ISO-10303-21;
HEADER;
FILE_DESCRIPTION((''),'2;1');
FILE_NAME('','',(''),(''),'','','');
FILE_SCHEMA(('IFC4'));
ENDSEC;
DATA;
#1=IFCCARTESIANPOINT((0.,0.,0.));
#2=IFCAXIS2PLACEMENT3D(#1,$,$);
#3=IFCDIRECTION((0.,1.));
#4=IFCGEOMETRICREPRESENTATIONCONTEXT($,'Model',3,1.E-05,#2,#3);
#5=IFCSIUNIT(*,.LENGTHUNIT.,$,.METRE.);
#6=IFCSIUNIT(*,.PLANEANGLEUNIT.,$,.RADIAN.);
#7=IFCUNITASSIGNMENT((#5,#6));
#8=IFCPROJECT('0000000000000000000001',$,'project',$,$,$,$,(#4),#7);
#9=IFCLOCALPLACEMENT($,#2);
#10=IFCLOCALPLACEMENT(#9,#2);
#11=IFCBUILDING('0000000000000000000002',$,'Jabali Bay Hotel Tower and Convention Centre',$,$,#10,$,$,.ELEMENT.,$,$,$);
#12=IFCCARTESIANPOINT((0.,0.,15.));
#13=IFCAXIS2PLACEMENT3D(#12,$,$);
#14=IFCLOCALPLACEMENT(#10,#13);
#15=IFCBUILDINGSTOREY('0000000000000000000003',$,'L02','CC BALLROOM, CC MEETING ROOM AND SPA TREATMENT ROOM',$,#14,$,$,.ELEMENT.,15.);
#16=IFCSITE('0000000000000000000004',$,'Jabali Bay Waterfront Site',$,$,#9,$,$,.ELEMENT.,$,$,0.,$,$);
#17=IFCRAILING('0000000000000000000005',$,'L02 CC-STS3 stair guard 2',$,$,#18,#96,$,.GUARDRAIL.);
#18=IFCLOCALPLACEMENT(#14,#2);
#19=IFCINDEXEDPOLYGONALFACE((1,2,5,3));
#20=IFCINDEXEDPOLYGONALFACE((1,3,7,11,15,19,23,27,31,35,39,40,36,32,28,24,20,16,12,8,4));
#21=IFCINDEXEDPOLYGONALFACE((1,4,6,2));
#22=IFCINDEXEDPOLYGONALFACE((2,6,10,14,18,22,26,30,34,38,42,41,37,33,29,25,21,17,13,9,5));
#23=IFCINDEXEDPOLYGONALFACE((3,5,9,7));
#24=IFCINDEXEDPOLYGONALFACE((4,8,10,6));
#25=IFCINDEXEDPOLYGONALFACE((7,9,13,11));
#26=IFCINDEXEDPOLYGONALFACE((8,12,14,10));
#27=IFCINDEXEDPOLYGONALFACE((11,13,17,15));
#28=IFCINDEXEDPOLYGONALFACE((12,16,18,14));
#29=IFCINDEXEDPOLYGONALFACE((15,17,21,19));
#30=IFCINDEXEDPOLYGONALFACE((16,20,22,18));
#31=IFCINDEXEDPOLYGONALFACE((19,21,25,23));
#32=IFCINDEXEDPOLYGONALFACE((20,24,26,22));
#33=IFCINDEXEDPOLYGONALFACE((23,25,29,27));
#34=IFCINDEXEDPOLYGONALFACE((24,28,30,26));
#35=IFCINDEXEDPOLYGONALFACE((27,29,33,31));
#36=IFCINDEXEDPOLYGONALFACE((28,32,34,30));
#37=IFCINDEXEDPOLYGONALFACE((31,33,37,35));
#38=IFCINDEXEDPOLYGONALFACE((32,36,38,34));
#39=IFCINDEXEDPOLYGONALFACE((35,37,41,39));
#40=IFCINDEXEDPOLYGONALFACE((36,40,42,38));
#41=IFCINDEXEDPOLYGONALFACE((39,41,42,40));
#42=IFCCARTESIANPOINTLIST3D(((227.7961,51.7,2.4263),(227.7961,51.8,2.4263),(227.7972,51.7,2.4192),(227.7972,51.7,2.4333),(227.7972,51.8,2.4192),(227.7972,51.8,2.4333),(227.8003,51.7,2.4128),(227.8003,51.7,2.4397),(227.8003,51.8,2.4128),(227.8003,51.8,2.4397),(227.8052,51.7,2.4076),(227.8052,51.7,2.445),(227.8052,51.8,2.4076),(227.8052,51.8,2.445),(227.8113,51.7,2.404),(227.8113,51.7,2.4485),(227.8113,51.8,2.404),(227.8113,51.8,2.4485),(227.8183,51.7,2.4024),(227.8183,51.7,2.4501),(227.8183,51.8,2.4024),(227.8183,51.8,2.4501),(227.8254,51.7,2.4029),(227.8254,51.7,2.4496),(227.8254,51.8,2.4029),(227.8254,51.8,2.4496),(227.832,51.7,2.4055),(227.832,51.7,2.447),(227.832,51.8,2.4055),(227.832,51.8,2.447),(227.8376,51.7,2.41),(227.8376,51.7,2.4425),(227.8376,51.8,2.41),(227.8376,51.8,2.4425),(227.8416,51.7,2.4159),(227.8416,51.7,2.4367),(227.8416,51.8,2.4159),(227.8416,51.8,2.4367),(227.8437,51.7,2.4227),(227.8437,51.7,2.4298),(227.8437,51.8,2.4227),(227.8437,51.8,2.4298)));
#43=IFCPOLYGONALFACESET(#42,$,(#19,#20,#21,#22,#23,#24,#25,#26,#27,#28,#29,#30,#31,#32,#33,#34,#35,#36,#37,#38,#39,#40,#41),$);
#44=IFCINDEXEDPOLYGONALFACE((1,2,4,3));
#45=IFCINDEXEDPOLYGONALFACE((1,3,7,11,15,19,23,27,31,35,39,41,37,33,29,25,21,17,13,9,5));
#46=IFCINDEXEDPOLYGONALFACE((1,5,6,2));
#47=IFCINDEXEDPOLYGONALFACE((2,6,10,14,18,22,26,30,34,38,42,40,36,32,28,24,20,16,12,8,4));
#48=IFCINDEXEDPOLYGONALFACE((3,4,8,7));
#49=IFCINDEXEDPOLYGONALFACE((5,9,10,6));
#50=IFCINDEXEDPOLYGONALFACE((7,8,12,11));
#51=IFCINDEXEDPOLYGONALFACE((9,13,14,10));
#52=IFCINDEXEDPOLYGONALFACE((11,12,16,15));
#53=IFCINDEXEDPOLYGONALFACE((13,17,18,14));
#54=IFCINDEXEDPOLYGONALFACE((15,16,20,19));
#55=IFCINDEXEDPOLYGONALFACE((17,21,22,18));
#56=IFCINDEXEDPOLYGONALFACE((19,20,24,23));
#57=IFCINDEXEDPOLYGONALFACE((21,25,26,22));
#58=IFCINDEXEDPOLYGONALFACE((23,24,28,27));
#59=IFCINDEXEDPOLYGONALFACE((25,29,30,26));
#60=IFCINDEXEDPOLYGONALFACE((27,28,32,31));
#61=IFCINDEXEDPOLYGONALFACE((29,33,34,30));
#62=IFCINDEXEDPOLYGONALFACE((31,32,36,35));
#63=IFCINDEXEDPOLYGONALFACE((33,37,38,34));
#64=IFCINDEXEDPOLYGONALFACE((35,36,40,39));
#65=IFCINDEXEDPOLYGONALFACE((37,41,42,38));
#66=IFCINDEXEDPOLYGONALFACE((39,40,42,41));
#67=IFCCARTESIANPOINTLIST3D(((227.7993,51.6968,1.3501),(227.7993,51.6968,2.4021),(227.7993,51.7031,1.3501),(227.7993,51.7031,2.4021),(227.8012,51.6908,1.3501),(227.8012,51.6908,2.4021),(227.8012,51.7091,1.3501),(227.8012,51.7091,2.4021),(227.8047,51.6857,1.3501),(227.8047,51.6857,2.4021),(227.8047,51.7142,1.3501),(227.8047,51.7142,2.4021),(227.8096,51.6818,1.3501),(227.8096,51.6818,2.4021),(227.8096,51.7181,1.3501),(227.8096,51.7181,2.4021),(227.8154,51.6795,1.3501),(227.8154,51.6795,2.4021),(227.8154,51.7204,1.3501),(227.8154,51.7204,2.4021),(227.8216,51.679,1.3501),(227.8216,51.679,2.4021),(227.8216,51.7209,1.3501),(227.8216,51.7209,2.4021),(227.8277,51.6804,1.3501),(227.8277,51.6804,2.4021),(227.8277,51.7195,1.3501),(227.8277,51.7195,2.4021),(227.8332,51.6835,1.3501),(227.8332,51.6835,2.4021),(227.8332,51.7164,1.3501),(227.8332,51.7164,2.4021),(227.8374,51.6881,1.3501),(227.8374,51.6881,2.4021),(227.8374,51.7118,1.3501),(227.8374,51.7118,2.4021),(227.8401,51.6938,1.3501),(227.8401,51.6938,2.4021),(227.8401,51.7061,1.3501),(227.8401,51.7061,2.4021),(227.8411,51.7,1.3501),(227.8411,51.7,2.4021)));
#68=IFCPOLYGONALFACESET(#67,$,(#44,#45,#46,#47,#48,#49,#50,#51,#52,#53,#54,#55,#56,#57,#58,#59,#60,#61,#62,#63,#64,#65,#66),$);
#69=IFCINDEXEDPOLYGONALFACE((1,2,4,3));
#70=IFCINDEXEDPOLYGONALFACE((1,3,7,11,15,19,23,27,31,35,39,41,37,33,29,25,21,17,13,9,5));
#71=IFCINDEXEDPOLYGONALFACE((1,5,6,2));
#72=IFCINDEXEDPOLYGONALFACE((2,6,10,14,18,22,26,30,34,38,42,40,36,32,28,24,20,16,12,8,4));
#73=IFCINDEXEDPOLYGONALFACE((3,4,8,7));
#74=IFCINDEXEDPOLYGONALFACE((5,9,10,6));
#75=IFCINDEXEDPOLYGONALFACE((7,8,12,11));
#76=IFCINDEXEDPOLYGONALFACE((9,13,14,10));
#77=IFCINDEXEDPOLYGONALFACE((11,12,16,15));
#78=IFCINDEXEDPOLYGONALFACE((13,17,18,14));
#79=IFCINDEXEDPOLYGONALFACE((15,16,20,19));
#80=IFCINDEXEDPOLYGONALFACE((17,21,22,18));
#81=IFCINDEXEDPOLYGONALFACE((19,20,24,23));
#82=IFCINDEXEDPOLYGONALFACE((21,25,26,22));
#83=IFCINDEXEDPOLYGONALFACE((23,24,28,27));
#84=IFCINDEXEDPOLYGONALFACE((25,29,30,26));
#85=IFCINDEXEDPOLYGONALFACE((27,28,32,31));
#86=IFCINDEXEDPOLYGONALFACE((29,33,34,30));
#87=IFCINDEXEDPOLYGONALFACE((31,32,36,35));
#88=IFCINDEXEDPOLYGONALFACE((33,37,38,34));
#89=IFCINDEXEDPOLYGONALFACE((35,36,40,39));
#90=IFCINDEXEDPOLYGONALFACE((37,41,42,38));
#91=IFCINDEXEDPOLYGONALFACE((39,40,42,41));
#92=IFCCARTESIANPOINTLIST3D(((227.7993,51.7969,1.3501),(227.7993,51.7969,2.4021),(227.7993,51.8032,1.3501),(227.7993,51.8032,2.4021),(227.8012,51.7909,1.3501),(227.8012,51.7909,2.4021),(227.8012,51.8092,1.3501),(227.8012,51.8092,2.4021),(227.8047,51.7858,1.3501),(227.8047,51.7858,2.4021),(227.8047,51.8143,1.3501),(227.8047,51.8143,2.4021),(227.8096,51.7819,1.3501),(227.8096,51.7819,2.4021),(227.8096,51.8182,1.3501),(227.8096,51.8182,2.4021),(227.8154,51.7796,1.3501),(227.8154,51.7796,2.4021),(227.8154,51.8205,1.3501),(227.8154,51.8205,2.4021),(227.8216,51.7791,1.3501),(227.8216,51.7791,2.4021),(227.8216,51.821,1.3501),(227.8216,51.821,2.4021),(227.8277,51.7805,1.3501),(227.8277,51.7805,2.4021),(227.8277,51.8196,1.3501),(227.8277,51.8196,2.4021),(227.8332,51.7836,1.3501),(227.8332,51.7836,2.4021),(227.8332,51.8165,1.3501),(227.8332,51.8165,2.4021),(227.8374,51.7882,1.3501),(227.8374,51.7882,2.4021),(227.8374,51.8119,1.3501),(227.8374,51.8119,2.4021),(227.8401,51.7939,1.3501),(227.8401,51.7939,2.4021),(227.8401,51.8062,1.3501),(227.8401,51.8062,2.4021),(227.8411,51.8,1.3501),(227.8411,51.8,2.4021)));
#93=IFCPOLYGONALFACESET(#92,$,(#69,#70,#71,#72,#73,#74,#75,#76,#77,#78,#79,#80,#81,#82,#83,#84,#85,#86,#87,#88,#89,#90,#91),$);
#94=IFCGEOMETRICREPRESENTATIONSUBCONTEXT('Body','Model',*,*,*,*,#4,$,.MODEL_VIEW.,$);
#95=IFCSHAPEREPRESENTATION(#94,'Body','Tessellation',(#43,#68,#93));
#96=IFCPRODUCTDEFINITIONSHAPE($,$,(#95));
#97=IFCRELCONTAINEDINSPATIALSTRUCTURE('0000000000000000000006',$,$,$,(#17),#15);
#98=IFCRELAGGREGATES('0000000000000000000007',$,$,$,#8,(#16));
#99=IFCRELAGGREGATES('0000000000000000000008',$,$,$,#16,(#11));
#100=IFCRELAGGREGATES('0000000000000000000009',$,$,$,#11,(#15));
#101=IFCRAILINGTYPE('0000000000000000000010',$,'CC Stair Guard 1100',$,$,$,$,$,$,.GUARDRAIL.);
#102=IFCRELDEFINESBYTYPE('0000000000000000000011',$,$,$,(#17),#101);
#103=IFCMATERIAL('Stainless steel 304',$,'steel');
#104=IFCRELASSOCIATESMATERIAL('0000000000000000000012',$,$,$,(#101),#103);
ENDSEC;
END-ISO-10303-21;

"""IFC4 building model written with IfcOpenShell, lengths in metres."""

from ifc_helpers import new_model, si_unit, direction, frame, origin, origin_2d, place, context, subcontext, project, spatial, circle, extrude, material, type_object, element, save


model = new_model("IFC4")

# Units and contexts
model_context = context("Model", 3, precision=1e-05, world=origin(), true_north=direction((0.0, 1.0)))
body_context = subcontext(model_context, "Body", "Model", "MODEL_VIEW")
ifc_project = project(units=[si_unit("LENGTHUNIT", "METRE"), si_unit("PLANEANGLEUNIT", "RADIAN")], contexts=[model_context])

# Site, building, storey
site_placement = place(None, origin())
site = spatial("IfcSite", under=ifc_project, at=site_placement, Name="Jabali Bay Waterfront Site", CompositionType="ELEMENT", RefElevation=0.0)
building_placement = place(site_placement, origin())
building = spatial("IfcBuilding", under=site, at=building_placement, Name="Jabali Bay Hotel Tower and Convention Centre", CompositionType="ELEMENT")
storey_placement = place(building_placement, frame((0.0, 0.0, 15.0)))
storey = spatial("IfcBuildingStorey", under=building, at=storey_placement, Name="L02", Description="CC BALLROOM, CC MEETING ROOM AND SPA TREATMENT ROOM", CompositionType="ELEMENT", Elevation=15.0)

# Railing
ifc_material_1 = material(Name="Stainless steel 304", Category="steel")
railing_type_1 = type_object("IfcRailingType", Name="CC Stair Guard 1100", PredefinedType="GUARDRAIL", material=ifc_material_1)
railing_1_placement = place(storey_placement, frame((227.8201, 51.7, 1.3501)))
element("IfcRailing", 1, at=railing_1_placement, inside=storey, type_object=railing_type_1, Name="L02 CC-STS3 stair guard 2", PredefinedType="GUARDRAIL", context=body_context, shape_type="SweptSolid", body=[
    extrude(circle(Radius=0.0239, at=origin_2d()), frame((0.0, 0.0, 1.0762), z_axis=(0.0, 1.0, 0.0), x_axis=(-1.0, 0.0, 0.0)), (0.0, 0.0, 1.0), 0.1001),
    extrude(circle(Radius=0.021, at=origin_2d()), origin(), (0.0, 0.0, 1.0), 1.052),
    extrude(circle(Radius=0.021, at=origin_2d()), frame((0.0, 0.1001, 0.0)), (0.0, 0.0, 1.0), 1.052),
])

save(model, "model.ifc")
